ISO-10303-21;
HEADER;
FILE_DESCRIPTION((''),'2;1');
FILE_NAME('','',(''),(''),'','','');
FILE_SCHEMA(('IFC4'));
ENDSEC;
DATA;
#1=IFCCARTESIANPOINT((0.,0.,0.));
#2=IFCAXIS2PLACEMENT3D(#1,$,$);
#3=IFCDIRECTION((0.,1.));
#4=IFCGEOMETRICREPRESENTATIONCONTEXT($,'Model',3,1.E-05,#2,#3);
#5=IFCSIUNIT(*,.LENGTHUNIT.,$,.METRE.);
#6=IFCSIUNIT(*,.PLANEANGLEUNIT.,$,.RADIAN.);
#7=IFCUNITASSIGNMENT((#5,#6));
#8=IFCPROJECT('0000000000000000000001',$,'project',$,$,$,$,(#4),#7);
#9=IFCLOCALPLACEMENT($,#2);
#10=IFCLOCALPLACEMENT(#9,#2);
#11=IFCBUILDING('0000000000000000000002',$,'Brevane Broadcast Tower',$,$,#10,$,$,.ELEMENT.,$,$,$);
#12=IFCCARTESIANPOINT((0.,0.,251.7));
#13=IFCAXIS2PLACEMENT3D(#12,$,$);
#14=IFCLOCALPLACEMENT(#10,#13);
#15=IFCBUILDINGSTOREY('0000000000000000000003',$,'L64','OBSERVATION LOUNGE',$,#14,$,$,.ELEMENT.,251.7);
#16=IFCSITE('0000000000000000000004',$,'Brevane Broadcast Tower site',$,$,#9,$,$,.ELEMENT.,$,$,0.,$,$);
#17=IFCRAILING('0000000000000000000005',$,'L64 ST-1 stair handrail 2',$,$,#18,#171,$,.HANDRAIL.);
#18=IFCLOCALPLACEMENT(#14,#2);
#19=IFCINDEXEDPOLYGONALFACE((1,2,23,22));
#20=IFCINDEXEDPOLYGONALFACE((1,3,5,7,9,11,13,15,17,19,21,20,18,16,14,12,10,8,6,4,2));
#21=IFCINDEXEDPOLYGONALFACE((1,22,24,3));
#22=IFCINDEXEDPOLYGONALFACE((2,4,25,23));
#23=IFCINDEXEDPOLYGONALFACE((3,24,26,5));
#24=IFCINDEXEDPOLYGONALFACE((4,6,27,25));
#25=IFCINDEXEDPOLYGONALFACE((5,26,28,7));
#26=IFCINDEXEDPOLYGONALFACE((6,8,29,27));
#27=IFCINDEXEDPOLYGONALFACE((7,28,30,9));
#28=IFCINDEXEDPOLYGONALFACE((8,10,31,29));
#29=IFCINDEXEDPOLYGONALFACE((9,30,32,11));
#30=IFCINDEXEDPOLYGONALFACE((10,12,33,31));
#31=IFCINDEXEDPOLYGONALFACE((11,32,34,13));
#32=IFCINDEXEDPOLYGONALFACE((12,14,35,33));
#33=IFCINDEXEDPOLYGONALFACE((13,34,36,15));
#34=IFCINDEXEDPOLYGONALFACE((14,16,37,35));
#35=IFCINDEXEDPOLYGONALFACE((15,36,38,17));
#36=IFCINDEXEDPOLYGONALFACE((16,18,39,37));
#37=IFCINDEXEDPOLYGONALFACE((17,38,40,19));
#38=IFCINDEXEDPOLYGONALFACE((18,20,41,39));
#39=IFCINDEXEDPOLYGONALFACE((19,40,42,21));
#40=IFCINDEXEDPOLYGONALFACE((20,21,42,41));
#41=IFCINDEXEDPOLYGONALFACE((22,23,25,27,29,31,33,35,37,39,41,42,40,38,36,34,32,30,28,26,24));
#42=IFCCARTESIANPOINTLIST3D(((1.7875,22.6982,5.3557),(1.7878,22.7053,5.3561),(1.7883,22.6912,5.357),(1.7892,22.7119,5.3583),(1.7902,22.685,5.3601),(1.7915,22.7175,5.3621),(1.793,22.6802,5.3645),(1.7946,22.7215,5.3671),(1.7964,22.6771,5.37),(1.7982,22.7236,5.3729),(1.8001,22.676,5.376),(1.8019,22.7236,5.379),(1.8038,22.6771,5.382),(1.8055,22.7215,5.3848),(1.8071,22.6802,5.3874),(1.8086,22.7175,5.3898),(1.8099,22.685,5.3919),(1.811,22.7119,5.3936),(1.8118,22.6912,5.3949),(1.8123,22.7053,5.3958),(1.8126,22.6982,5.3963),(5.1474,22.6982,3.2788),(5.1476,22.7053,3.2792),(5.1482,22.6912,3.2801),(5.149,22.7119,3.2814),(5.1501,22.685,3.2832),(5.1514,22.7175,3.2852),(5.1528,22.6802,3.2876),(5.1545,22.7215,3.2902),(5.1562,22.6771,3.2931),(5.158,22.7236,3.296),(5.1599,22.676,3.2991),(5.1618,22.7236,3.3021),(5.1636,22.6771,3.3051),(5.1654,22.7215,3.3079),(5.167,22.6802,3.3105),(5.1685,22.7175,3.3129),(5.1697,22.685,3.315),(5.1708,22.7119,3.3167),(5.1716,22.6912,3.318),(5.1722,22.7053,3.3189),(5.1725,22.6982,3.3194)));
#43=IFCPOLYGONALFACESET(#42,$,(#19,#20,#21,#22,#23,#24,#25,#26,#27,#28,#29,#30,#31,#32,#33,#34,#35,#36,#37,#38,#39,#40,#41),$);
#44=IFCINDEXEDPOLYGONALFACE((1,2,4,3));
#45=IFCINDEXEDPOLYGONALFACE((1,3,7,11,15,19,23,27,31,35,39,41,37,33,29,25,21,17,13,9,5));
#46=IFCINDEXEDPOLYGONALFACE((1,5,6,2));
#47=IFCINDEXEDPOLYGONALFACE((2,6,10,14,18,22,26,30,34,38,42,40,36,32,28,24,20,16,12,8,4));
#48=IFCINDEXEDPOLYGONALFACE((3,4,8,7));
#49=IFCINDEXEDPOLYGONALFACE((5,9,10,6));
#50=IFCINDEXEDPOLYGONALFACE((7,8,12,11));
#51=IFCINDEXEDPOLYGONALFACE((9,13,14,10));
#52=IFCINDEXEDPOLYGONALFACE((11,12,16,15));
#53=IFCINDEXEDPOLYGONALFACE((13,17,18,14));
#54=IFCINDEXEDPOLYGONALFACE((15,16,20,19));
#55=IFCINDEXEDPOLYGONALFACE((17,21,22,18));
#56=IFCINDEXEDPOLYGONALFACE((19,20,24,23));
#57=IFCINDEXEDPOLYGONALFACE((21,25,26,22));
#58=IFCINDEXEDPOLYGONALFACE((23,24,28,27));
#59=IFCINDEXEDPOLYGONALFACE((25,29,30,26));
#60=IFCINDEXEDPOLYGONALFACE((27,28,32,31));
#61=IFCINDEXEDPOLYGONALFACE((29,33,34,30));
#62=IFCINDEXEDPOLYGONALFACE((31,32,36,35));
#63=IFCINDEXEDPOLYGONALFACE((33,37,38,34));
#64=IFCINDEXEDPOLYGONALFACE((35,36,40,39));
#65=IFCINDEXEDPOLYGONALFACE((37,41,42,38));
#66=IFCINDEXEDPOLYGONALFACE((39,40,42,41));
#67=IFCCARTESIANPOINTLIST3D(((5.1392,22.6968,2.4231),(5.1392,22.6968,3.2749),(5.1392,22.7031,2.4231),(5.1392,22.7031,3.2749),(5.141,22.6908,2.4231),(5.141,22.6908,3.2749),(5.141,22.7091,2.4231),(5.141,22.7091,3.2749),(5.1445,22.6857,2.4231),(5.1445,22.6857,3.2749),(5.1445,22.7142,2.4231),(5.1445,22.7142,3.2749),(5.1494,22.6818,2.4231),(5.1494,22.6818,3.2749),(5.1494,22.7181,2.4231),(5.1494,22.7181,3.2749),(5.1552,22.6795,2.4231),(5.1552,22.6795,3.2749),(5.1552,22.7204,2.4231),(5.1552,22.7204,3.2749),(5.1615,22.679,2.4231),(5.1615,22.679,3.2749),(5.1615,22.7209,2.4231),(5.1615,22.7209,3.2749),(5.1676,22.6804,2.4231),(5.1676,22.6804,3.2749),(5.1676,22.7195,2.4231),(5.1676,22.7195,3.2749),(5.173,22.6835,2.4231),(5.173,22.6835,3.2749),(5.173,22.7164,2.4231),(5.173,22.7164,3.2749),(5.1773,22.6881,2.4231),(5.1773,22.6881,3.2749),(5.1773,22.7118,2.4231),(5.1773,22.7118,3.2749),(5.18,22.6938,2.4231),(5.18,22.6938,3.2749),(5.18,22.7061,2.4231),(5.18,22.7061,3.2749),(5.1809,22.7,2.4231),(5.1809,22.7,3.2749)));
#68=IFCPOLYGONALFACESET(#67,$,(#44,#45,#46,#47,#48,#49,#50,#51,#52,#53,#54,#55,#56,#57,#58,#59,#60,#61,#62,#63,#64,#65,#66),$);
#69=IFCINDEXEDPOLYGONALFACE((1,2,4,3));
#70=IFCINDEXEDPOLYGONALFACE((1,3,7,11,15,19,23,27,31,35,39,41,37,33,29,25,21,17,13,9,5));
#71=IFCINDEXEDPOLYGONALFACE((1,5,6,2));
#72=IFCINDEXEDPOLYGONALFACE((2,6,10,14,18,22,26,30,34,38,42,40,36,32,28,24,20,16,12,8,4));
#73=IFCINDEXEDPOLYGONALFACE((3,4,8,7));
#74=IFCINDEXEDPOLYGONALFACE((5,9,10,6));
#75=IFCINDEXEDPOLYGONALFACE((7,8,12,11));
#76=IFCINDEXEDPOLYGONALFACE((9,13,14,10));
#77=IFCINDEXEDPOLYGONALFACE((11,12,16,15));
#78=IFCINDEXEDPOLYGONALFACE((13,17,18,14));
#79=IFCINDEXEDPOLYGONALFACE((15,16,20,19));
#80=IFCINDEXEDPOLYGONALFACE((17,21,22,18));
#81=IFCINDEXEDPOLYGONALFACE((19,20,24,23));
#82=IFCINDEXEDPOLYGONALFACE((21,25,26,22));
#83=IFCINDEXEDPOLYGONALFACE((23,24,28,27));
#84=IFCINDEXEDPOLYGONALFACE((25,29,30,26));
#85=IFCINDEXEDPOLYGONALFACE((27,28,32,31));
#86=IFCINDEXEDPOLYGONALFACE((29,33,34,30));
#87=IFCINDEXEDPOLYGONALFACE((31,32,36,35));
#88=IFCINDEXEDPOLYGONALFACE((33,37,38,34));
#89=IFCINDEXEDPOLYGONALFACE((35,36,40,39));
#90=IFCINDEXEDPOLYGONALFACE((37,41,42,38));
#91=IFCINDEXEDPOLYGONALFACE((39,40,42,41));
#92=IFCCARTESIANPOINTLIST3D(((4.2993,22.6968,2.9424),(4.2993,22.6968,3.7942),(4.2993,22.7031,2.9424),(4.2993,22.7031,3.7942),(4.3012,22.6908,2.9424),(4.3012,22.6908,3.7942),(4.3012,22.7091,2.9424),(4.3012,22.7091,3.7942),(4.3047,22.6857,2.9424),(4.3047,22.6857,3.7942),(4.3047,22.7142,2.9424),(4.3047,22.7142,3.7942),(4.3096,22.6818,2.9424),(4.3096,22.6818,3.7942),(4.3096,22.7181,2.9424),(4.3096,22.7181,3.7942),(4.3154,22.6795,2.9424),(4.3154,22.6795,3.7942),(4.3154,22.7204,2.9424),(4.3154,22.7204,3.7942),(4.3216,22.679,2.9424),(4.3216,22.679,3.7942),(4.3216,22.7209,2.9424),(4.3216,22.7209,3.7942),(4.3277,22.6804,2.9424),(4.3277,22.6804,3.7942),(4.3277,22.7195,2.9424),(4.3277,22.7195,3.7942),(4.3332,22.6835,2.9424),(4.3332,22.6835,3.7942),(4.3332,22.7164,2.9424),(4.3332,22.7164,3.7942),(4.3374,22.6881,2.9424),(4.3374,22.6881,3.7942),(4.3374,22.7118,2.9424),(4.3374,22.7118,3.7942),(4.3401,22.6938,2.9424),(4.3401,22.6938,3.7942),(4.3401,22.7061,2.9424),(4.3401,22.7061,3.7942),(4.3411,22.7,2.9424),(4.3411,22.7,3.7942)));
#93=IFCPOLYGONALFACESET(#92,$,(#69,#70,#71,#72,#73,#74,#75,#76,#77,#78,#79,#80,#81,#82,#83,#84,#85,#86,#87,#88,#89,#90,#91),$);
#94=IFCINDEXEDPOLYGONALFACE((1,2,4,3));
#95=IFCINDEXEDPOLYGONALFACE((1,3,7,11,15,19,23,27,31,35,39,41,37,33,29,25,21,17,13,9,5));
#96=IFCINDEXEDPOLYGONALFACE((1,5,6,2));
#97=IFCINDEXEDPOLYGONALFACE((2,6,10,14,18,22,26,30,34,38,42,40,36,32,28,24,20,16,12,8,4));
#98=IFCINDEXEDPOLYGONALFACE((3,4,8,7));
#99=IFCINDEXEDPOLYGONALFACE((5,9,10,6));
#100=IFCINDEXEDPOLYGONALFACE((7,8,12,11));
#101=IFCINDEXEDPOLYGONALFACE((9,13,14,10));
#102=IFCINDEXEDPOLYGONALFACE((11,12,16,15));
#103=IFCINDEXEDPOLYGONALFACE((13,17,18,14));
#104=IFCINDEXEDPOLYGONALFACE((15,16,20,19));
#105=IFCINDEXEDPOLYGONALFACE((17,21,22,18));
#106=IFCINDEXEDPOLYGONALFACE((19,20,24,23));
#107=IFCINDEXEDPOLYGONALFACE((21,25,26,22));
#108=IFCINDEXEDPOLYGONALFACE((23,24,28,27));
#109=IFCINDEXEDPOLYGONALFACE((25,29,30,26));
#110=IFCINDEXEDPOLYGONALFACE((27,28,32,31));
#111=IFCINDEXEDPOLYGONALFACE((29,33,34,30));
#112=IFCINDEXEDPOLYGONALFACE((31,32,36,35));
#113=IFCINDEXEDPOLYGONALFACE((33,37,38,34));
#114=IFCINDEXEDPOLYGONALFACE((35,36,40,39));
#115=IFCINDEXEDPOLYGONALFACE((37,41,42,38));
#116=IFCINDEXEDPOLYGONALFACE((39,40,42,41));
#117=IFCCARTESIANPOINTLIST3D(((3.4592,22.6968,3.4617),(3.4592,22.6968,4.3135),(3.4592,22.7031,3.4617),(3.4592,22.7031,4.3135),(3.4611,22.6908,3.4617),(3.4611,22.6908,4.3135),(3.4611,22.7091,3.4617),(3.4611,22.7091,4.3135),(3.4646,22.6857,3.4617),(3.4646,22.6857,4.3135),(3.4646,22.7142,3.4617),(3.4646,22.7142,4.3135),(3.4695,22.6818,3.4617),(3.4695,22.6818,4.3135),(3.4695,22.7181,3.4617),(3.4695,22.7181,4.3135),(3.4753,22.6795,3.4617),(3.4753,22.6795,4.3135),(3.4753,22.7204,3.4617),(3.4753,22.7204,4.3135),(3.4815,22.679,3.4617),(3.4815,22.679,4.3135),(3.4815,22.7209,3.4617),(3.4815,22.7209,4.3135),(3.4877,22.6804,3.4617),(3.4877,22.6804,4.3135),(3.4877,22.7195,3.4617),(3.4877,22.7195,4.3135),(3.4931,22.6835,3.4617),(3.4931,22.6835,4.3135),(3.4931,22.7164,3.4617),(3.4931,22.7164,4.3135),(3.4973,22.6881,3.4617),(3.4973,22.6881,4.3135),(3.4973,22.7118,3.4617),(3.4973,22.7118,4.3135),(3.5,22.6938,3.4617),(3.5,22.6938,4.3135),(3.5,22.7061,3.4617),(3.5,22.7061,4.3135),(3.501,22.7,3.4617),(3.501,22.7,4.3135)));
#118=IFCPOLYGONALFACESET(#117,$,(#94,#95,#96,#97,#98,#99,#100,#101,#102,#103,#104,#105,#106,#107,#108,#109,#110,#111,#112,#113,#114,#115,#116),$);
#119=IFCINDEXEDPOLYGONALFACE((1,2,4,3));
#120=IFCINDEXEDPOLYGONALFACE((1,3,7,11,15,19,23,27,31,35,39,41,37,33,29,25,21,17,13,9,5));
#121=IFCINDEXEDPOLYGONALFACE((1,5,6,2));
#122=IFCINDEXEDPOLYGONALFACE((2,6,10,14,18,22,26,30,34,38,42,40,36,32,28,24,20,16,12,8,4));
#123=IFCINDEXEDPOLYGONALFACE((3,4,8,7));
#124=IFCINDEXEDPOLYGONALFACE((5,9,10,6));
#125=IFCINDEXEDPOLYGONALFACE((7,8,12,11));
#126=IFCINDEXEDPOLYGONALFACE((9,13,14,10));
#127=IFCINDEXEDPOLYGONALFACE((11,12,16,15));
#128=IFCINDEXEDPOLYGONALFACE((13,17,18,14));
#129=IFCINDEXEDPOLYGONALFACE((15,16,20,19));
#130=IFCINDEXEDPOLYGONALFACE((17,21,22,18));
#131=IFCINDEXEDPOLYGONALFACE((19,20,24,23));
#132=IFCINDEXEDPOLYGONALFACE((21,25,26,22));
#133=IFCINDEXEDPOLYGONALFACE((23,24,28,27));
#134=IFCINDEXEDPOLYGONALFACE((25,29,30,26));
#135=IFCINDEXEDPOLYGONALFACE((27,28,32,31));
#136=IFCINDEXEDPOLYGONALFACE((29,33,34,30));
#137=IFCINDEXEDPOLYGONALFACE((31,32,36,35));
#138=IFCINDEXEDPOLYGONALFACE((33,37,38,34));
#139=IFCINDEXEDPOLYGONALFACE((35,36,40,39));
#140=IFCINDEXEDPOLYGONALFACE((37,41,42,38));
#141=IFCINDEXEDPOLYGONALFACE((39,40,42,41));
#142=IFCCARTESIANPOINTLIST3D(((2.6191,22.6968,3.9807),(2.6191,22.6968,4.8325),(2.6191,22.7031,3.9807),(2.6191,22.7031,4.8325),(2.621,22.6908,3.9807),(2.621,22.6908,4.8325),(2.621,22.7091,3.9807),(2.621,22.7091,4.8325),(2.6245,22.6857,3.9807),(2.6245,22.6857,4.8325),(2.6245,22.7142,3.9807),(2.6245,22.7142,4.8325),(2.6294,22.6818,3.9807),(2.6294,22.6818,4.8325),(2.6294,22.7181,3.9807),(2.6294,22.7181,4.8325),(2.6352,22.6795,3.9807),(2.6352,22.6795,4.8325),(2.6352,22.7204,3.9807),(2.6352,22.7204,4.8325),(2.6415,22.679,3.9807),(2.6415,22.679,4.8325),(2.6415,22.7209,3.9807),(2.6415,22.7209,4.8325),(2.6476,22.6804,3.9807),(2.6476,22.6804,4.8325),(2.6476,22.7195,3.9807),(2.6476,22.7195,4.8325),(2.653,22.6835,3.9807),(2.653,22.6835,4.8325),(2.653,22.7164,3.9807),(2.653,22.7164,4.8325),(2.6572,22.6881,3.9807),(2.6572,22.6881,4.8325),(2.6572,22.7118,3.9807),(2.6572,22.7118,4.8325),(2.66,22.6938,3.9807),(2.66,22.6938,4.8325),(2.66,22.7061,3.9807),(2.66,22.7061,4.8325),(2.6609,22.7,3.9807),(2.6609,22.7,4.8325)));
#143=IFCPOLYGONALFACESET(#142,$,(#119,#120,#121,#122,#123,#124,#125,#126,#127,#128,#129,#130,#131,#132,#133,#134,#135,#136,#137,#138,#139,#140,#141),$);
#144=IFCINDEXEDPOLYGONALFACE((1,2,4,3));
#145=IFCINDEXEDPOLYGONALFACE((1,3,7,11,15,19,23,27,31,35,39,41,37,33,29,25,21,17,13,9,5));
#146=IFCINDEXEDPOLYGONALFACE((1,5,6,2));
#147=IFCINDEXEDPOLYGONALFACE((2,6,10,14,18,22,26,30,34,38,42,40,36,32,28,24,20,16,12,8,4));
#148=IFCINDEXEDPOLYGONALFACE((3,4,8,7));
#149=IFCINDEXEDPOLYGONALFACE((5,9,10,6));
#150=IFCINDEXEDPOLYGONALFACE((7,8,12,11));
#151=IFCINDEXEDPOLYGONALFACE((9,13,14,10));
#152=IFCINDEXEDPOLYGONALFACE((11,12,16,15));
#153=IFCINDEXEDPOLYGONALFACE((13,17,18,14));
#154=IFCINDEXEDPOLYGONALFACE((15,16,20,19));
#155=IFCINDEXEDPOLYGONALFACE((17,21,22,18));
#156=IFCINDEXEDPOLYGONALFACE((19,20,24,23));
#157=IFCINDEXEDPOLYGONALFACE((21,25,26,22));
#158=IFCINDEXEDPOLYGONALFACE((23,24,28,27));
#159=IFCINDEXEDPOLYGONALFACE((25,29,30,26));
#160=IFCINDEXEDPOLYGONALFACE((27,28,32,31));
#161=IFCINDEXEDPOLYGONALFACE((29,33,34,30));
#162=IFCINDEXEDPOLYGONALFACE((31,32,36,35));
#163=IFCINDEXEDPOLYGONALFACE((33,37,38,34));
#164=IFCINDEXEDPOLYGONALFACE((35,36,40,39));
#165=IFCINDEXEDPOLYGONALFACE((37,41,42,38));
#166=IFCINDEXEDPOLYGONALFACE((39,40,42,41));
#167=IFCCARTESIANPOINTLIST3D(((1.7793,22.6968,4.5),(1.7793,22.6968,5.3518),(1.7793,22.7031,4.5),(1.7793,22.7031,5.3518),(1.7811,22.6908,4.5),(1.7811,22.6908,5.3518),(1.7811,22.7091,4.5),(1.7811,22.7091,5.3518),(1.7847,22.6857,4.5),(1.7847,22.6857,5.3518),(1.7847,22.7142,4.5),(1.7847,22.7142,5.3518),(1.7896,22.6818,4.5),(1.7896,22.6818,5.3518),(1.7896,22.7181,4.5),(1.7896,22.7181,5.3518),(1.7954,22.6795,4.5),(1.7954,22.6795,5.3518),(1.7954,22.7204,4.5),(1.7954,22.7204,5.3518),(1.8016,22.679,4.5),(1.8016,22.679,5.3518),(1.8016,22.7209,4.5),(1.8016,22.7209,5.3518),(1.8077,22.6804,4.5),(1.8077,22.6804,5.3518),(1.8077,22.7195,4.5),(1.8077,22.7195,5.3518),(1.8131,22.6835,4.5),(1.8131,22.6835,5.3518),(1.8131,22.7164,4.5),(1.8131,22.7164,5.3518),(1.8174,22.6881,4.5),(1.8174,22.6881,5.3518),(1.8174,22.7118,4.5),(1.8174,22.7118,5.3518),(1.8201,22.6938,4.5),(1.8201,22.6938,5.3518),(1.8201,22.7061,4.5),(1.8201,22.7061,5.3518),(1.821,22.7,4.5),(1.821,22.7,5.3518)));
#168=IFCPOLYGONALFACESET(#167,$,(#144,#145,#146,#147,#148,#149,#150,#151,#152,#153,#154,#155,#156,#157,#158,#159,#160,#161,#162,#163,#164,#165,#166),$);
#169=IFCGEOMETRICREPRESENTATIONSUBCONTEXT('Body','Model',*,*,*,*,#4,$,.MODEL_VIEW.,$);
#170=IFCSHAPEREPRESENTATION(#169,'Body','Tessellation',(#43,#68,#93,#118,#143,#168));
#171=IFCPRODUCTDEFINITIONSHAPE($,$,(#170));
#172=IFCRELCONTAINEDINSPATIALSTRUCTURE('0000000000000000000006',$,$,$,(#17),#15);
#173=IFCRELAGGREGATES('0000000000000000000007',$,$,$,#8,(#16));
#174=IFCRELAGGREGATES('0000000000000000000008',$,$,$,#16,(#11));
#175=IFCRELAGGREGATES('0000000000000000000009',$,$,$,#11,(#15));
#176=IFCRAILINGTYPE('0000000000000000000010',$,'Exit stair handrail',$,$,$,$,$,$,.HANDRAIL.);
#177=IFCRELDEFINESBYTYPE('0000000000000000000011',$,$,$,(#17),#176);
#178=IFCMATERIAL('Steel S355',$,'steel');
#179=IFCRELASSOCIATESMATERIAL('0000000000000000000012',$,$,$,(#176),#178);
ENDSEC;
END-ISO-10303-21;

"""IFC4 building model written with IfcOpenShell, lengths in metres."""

from ifc_helpers import new_model, si_unit, direction, frame, origin, origin_2d, place, context, subcontext, project, spatial, circle, extrude, material, type_object, element, save


model = new_model("IFC4")

# Units and contexts
model_context = context("Model", 3, precision=1e-05, world=origin(), true_north=direction((0.0, 1.0)))
body_context = subcontext(model_context, "Body", "Model", "MODEL_VIEW")
ifc_project = project(units=[si_unit("LENGTHUNIT", "METRE"), si_unit("PLANEANGLEUNIT", "RADIAN")], contexts=[model_context])

# Site, building, storey
site_placement = place(None, origin())
site = spatial("IfcSite", under=ifc_project, at=site_placement, Name="Brevane Broadcast Tower site", CompositionType="ELEMENT", RefElevation=0.0)
building_placement = place(site_placement, origin())
building = spatial("IfcBuilding", under=site, at=building_placement, Name="Brevane Broadcast Tower", CompositionType="ELEMENT")
storey_placement = place(building_placement, frame((0.0, 0.0, 251.7)))
storey = spatial("IfcBuildingStorey", under=building, at=storey_placement, Name="L64", Description="OBSERVATION LOUNGE", CompositionType="ELEMENT", Elevation=251.7)

# Railing
ifc_material_1 = material(Name="Steel S355", Category="steel")
railing_type_1 = type_object("IfcRailingType", Name="Exit stair handrail", PredefinedType="HANDRAIL", material=ifc_material_1)
railing_1_placement = place(storey_placement, frame((5.1599, 22.7, 2.4231)))
element("IfcRailing", 1, at=railing_1_placement, inside=storey, type_object=railing_type_1, Name="L64 ST-1 stair handrail 2", PredefinedType="HANDRAIL", context=body_context, shape_type="SweptSolid", body=[
    extrude(circle(Radius=0.0239, at=origin_2d()), frame((0.0, 0.0, 0.876), z_axis=(-0.850606, 0.0, 0.525803), x_axis=(0.0, -1.0, 0.0)), (0.0, 0.0, 1.0), 3.95),
    extrude(circle(Radius=0.021, at=origin_2d()), origin(), (0.0, 0.0, 1.0), 0.8518),
    extrude(circle(Radius=0.021, at=origin_2d()), frame((-0.8398, 0.0, 0.5193)), (0.0, 0.0, 1.0), 0.8518),
    extrude(circle(Radius=0.021, at=origin_2d()), frame((-1.6799, 0.0, 1.0386)), (0.0, 0.0, 1.0), 0.8518),
    extrude(circle(Radius=0.021, at=origin_2d()), frame((-2.52, 0.0, 1.5576)), (0.0, 0.0, 1.0), 0.8518),
    extrude(circle(Radius=0.021, at=origin_2d()), frame((-3.3599, 0.0, 2.0769)), (0.0, 0.0, 1.0), 0.8518),
])

save(model, "model.ifc")
